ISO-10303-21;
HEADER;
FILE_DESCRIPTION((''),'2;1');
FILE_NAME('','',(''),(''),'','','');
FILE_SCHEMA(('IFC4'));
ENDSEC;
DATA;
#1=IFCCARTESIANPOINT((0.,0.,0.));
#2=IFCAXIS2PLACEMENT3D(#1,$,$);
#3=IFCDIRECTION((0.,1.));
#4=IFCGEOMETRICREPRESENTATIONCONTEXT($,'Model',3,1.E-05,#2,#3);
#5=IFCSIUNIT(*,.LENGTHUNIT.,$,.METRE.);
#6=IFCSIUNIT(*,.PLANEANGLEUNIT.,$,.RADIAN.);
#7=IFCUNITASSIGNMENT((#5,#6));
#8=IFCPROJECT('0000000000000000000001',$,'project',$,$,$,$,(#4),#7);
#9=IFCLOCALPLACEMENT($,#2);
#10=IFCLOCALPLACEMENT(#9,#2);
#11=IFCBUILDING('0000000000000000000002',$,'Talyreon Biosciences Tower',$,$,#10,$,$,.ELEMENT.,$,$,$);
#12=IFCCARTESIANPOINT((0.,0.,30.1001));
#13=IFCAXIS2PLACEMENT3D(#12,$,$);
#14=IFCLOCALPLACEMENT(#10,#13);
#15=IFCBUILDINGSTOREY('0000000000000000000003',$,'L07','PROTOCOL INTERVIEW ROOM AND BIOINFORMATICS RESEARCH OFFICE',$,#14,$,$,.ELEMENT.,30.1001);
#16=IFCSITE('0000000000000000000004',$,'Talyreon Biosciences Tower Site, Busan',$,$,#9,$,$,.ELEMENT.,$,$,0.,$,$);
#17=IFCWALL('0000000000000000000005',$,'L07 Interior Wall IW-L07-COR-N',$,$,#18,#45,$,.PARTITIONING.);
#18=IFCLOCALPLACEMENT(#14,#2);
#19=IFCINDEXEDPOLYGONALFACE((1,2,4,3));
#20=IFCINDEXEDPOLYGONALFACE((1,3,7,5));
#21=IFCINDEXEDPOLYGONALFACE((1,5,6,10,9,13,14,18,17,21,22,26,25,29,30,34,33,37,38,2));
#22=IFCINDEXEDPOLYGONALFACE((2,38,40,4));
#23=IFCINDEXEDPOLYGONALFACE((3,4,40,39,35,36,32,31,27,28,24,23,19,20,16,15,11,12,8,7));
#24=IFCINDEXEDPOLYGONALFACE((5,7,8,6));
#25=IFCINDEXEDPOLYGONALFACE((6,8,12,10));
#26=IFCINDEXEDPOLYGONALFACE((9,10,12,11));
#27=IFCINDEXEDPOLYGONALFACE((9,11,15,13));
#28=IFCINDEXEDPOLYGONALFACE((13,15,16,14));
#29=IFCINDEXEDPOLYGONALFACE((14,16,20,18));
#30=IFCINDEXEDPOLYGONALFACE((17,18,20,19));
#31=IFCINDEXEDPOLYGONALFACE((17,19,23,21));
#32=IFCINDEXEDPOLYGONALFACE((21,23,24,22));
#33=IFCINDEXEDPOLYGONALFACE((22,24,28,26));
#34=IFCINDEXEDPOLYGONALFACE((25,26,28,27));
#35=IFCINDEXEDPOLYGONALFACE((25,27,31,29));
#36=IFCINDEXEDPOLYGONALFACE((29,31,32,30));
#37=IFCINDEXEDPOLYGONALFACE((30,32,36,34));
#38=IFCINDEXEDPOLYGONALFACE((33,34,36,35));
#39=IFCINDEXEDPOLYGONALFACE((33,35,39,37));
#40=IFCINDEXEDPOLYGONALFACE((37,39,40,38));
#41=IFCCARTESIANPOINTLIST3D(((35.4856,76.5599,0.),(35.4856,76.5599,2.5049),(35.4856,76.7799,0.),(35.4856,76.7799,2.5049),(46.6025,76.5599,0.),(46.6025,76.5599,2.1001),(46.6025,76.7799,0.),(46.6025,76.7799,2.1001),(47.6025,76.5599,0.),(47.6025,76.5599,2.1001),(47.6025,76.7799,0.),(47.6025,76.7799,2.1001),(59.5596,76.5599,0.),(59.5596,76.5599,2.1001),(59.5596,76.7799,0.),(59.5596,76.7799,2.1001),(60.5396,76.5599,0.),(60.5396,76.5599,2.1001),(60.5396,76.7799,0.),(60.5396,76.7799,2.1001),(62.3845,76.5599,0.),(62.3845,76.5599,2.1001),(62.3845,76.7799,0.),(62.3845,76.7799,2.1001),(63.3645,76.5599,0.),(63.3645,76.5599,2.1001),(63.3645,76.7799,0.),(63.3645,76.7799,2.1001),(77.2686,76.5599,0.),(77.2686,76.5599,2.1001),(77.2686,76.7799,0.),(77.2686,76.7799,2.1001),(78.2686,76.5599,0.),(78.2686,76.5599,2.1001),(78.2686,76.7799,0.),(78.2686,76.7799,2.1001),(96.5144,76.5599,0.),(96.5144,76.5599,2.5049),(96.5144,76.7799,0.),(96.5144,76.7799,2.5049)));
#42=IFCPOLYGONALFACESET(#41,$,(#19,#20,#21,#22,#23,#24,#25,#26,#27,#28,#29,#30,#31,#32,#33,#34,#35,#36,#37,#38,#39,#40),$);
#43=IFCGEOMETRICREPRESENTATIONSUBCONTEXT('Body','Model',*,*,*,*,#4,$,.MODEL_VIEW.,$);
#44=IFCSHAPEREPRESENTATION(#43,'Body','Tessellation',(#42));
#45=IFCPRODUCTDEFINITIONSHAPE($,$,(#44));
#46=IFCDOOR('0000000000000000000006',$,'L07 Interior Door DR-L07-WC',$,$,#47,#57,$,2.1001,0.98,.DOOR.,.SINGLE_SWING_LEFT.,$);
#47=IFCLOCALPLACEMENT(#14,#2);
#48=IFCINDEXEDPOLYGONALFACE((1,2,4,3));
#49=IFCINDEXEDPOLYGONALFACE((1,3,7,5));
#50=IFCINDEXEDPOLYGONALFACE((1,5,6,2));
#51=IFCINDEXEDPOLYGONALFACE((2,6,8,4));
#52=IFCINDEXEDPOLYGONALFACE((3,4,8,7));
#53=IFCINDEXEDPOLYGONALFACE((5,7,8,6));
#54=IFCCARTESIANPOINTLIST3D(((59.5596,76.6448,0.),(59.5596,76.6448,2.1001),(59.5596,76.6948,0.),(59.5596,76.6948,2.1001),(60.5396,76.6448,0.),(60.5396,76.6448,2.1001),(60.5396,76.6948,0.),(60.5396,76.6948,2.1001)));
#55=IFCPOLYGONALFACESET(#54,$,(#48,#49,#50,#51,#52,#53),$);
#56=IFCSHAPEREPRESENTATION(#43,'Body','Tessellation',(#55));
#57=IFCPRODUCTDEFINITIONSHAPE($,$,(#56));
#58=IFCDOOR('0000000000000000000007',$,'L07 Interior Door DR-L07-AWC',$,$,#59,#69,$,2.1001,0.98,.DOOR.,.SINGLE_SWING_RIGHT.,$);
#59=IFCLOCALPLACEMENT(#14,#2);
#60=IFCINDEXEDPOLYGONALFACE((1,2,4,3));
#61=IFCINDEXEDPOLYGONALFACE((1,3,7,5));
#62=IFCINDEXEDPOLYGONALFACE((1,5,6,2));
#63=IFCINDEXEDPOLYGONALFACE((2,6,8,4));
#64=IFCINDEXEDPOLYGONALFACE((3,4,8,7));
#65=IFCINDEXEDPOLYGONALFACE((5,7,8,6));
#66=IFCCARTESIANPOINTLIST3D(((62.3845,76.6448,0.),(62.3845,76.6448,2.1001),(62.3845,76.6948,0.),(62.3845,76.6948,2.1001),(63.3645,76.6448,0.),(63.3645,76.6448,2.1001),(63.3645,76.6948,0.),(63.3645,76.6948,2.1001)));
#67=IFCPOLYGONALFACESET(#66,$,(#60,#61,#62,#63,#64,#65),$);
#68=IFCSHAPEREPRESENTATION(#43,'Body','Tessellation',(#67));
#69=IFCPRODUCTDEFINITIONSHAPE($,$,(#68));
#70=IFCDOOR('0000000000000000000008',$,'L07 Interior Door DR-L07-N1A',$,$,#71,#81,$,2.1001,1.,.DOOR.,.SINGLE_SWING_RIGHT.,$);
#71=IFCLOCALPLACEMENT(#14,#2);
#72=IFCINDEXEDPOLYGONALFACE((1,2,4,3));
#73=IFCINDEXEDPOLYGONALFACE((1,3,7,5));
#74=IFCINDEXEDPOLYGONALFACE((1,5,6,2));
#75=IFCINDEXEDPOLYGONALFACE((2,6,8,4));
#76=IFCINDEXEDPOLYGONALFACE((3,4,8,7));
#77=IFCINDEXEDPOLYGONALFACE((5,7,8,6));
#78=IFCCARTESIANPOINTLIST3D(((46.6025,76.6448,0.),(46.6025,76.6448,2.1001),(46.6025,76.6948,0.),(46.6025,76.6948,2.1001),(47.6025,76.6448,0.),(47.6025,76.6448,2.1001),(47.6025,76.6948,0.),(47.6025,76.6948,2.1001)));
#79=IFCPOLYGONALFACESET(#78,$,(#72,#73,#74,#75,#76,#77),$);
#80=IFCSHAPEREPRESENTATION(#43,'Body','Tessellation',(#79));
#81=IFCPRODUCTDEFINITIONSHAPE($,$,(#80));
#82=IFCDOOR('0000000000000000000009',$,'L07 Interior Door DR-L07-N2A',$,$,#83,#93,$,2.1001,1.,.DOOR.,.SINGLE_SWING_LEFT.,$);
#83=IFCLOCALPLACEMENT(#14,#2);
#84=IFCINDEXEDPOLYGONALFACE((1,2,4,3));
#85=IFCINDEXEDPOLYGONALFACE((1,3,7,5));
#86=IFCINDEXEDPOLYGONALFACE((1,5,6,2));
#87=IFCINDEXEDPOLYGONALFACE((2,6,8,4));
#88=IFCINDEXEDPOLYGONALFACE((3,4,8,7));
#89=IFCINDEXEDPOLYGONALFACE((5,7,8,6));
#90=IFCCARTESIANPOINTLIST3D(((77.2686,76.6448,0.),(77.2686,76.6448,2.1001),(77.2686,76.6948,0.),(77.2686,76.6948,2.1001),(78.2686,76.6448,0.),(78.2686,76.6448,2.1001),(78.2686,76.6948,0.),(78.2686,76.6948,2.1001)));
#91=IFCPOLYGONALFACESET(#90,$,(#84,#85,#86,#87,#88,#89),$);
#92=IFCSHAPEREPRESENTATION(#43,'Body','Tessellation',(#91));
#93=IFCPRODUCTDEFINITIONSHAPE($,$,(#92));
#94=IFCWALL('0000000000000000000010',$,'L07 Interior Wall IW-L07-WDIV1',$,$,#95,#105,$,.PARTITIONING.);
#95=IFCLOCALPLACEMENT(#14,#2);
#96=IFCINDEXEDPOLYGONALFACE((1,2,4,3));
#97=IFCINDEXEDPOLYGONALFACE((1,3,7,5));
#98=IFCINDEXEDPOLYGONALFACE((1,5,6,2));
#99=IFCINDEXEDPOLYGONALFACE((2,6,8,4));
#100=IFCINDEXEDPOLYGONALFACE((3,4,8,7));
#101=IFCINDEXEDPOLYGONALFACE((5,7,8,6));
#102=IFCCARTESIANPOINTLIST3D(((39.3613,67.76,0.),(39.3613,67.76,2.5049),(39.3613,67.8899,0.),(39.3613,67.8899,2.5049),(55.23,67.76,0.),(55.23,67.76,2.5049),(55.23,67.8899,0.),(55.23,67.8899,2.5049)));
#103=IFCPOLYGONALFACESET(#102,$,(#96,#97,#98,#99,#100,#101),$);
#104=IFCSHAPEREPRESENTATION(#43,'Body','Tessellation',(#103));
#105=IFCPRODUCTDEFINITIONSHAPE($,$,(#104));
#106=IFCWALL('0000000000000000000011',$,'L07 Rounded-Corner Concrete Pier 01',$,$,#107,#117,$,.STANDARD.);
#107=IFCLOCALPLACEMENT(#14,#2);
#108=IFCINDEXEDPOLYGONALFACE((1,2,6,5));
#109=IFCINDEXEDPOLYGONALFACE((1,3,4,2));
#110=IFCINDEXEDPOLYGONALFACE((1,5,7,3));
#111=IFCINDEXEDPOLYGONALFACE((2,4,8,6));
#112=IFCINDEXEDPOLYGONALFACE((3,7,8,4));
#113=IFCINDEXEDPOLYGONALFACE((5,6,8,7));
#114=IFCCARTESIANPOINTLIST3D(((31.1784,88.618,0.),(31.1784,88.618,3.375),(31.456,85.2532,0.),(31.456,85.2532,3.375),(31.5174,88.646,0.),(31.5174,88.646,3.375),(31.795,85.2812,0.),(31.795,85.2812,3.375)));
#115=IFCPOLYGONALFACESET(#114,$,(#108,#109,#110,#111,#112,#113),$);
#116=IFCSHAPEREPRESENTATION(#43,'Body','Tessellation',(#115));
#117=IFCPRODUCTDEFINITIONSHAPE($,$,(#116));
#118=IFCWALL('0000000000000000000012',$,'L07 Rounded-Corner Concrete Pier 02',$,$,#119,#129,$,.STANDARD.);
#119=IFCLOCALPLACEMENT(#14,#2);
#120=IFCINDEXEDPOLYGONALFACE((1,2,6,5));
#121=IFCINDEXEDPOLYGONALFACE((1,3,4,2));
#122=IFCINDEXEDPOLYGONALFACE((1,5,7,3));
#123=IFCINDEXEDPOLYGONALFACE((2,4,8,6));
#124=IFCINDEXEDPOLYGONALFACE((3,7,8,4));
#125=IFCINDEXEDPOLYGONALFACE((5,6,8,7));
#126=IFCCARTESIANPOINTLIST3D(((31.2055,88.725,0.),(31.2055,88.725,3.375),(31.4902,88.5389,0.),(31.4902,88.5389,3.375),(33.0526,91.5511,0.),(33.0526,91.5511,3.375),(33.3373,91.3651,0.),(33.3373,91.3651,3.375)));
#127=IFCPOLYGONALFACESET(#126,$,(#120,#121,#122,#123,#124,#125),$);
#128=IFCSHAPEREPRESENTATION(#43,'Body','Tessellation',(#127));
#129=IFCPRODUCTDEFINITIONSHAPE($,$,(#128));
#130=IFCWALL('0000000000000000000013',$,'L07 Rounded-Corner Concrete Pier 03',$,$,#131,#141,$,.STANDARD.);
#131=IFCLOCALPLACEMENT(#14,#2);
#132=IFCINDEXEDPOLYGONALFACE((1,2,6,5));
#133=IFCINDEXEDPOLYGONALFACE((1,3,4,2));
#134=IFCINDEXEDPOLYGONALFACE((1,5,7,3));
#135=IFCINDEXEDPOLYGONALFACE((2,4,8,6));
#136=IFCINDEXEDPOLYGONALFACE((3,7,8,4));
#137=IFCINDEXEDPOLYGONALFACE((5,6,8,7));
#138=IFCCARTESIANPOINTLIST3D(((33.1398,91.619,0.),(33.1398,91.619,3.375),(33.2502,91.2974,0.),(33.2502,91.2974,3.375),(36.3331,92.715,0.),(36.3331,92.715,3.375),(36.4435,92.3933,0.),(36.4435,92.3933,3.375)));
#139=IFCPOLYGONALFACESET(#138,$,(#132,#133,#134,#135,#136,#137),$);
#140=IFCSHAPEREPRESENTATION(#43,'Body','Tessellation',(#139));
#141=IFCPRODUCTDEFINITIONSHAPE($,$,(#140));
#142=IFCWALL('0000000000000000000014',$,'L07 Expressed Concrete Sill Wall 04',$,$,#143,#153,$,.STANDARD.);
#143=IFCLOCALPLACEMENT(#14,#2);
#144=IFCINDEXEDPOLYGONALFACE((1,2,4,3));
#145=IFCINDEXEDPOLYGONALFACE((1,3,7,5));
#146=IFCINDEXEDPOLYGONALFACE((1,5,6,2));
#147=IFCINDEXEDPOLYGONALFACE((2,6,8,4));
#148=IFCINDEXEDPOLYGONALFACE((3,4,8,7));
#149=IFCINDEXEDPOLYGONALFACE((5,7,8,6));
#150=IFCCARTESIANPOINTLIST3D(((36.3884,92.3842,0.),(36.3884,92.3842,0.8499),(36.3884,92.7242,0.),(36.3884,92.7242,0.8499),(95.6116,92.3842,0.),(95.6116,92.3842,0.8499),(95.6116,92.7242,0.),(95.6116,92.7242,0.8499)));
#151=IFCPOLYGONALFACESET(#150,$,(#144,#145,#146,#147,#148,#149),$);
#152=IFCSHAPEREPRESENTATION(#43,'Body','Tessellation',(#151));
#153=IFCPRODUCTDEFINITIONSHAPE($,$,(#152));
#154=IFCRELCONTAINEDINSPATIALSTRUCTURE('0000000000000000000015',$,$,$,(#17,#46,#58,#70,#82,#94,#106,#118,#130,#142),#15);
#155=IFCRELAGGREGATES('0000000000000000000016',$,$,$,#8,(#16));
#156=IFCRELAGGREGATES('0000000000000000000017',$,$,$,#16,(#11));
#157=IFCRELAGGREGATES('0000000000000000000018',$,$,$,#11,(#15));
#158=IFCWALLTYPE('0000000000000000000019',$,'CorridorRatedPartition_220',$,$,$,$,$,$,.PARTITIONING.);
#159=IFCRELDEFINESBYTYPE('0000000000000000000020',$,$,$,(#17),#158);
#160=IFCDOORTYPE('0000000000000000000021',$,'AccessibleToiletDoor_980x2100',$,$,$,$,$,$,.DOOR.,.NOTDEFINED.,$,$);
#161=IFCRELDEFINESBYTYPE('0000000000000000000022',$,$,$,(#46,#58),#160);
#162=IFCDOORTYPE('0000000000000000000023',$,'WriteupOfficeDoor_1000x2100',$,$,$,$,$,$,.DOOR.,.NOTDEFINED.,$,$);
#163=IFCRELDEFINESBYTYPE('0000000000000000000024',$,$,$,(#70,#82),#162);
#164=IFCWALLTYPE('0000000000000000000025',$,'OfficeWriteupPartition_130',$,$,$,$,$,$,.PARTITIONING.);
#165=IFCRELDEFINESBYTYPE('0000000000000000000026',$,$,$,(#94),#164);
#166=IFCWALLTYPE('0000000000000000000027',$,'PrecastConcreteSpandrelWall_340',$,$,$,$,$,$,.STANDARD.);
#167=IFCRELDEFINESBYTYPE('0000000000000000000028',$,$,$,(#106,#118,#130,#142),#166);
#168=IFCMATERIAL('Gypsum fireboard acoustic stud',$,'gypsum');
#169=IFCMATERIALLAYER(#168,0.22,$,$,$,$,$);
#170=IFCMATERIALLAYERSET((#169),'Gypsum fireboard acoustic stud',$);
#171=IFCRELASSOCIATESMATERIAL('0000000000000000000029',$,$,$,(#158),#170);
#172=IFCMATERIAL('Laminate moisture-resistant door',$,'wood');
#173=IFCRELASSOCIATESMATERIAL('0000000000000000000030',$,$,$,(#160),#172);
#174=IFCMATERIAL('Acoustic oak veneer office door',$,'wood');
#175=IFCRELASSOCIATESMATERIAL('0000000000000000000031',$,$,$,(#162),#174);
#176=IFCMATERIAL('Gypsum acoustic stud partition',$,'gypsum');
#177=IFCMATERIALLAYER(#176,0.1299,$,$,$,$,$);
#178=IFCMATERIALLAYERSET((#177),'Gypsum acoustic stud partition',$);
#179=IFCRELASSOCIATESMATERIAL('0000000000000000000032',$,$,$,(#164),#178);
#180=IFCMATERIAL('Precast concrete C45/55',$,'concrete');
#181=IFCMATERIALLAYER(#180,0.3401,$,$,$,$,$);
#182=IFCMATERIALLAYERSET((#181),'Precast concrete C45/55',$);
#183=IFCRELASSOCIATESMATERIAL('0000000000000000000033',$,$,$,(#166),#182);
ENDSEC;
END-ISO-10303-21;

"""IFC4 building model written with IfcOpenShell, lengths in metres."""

from ifc_helpers import new_model, si_unit, direction, frame, frame_2d, origin, place, context, subcontext, project, spatial, rectangle, extrude, material, layer, layer_set, type_object, element, fill, save


model = new_model("IFC4")

# Units and contexts
model_context = context("Model", 3, precision=1e-05, world=origin(), true_north=direction((0.0, 1.0)))
body_context = subcontext(model_context, "Body", "Model", "MODEL_VIEW")
ifc_project = project(units=[si_unit("LENGTHUNIT", "METRE"), si_unit("PLANEANGLEUNIT", "RADIAN")], contexts=[model_context])

# Site, building, storey
site_placement = place(None, origin())
site = spatial("IfcSite", under=ifc_project, at=site_placement, Name="Talyreon Biosciences Tower Site, Busan", CompositionType="ELEMENT", RefElevation=0.0)
building_placement = place(site_placement, origin())
building = spatial("IfcBuilding", under=site, at=building_placement, Name="Talyreon Biosciences Tower", CompositionType="ELEMENT")
storey_placement = place(building_placement, frame((0.0, 0.0, 30.1001)))
storey = spatial("IfcBuildingStorey", under=building, at=storey_placement, Name="L07", Description="PROTOCOL INTERVIEW ROOM AND BIOINFORMATICS RESEARCH OFFICE", CompositionType="ELEMENT", Elevation=30.1001)

# Shared definitions
ifc_material_1 = material(Name="Precast concrete C45/55", Category="concrete")

# Wall, openings, doors
ifc_material_2 = material(Name="Gypsum fireboard acoustic stud", Category="gypsum")
ifc_layer_1 = layer(ifc_material_2, 0.22)
ifc_layer_set_1 = layer_set([ifc_layer_1], Name="Gypsum fireboard acoustic stud")
wall_type_1 = type_object("IfcWallType", Name="CorridorRatedPartition_220", PredefinedType="PARTITIONING", material=ifc_layer_set_1)
wall_1_placement = place(storey_placement, frame((35.4856, 76.6699, 0.0), z_axis=(0.0, 0.0, 1.0), x_axis=(1.0, 0.0, 0.0)))
wall_1 = element("IfcWall", 1, at=wall_1_placement, inside=storey, type_object=wall_type_1, Name="L07 Interior Wall IW-L07-COR-N", PredefinedType="PARTITIONING", context=body_context, shape_type="SweptSolid", body=[
    extrude(rectangle(XDim=61.0288, YDim=0.22, at=frame_2d((30.5144, 0.0))), origin(), (0.0, 0.0, 1.0), 2.5049),
])
opening_1_placement = place(wall_1_placement, frame((24.074, 0.0, 0.0)))
opening_1 = element("IfcOpeningElement", 2, at=opening_1_placement, cuts=wall_1, PredefinedType="OPENING", context=body_context, shape_type="SweptSolid", body=[
    extrude(rectangle(XDim=0.98, YDim=2.1001, at=frame_2d((0.49, 1.05))), frame((0.0, 0.1199, 0.0), z_axis=(0.0, -1.0, 0.0), x_axis=(1.0, 0.0, 0.0)), (0.0, 0.0, 1.0), 0.24),
])
opening_2_placement = place(wall_1_placement, frame((26.8989, 0.0, 0.0)))
opening_2 = element("IfcOpeningElement", 3, at=opening_2_placement, cuts=wall_1, PredefinedType="OPENING", context=body_context, shape_type="SweptSolid", body=[
    extrude(rectangle(XDim=0.98, YDim=2.1001, at=frame_2d((0.49, 1.05))), frame((0.0, 0.1199, 0.0), z_axis=(0.0, -1.0, 0.0), x_axis=(1.0, 0.0, 0.0)), (0.0, 0.0, 1.0), 0.24),
])
opening_3_placement = place(wall_1_placement, frame((11.1169, 0.0, 0.0)))
opening_3 = element("IfcOpeningElement", 4, at=opening_3_placement, cuts=wall_1, PredefinedType="OPENING", context=body_context, shape_type="SweptSolid", body=[
    extrude(rectangle(XDim=1.0, YDim=2.1001, at=frame_2d((0.5, 1.05))), frame((0.0, 0.1199, 0.0), z_axis=(0.0, -1.0, 0.0), x_axis=(1.0, 0.0, 0.0)), (0.0, 0.0, 1.0), 0.24),
])
opening_4_placement = place(wall_1_placement, frame((41.783, 0.0, 0.0)))
opening_4 = element("IfcOpeningElement", 5, at=opening_4_placement, cuts=wall_1, PredefinedType="OPENING", context=body_context, shape_type="SweptSolid", body=[
    extrude(rectangle(XDim=1.0, YDim=2.1001, at=frame_2d((0.5, 1.05))), frame((0.0, 0.1199, 0.0), z_axis=(0.0, -1.0, 0.0), x_axis=(1.0, 0.0, 0.0)), (0.0, 0.0, 1.0), 0.24),
])
ifc_material_3 = material(Name="Laminate moisture-resistant door", Category="wood")
door_type_1 = type_object("IfcDoorType", Name="AccessibleToiletDoor_980x2100", OperationType="NOTDEFINED", PredefinedType="DOOR", material=ifc_material_3)
door_1_placement = place(opening_1_placement, origin())
door_1 = element("IfcDoor", 6, at=door_1_placement, inside=storey, type_object=door_type_1, Name="L07 Interior Door DR-L07-WC", OperationType="SINGLE_SWING_LEFT", OverallHeight=2.1001, OverallWidth=0.98, PredefinedType="DOOR", context=body_context, shape_type="SweptSolid", body=[
    extrude(rectangle(XDim=0.98, YDim=2.1001, at=frame_2d((0.49, 1.05))), frame((0.0, 0.0249, 0.0), z_axis=(0.0, -1.0, 0.0), x_axis=(1.0, 0.0, 0.0)), (0.0, 0.0, 1.0), 0.05),
])
fill(opening_1, door_1)
door_2_placement = place(opening_2_placement, origin())
door_2 = element("IfcDoor", 7, at=door_2_placement, inside=storey, type_object=door_type_1, Name="L07 Interior Door DR-L07-AWC", OperationType="SINGLE_SWING_RIGHT", OverallHeight=2.1001, OverallWidth=0.98, PredefinedType="DOOR", context=body_context, shape_type="SweptSolid", body=[
    extrude(rectangle(XDim=0.98, YDim=2.1001, at=frame_2d((0.49, 1.05))), frame((0.0, 0.0249, 0.0), z_axis=(0.0, -1.0, 0.0), x_axis=(1.0, 0.0, 0.0)), (0.0, 0.0, 1.0), 0.05),
])
fill(opening_2, door_2)
ifc_material_4 = material(Name="Acoustic oak veneer office door", Category="wood")
door_type_2 = type_object("IfcDoorType", Name="WriteupOfficeDoor_1000x2100", OperationType="NOTDEFINED", PredefinedType="DOOR", material=ifc_material_4)
door_3_placement = place(opening_3_placement, origin())
door_3 = element("IfcDoor", 8, at=door_3_placement, inside=storey, type_object=door_type_2, Name="L07 Interior Door DR-L07-N1A", OperationType="SINGLE_SWING_RIGHT", OverallHeight=2.1001, OverallWidth=1.0, PredefinedType="DOOR", context=body_context, shape_type="SweptSolid", body=[
    extrude(rectangle(XDim=1.0, YDim=2.1001, at=frame_2d((0.5, 1.05))), frame((0.0, 0.0249, 0.0), z_axis=(0.0, -1.0, 0.0), x_axis=(1.0, 0.0, 0.0)), (0.0, 0.0, 1.0), 0.05),
])
fill(opening_3, door_3)
door_4_placement = place(opening_4_placement, origin())
door_4 = element("IfcDoor", 9, at=door_4_placement, inside=storey, type_object=door_type_2, Name="L07 Interior Door DR-L07-N2A", OperationType="SINGLE_SWING_LEFT", OverallHeight=2.1001, OverallWidth=1.0, PredefinedType="DOOR", context=body_context, shape_type="SweptSolid", body=[
    extrude(rectangle(XDim=1.0, YDim=2.1001, at=frame_2d((0.5, 1.05))), frame((0.0, 0.0249, 0.0), z_axis=(0.0, -1.0, 0.0), x_axis=(1.0, 0.0, 0.0)), (0.0, 0.0, 1.0), 0.05),
])
fill(opening_4, door_4)

# Walls
ifc_material_5 = material(Name="Gypsum acoustic stud partition", Category="gypsum")
ifc_layer_2 = layer(ifc_material_5, 0.1299)
ifc_layer_set_2 = layer_set([ifc_layer_2], Name="Gypsum acoustic stud partition")
wall_type_2 = type_object("IfcWallType", Name="OfficeWriteupPartition_130", PredefinedType="PARTITIONING", material=ifc_layer_set_2)
wall_2_placement = place(storey_placement, frame((39.3613, 67.825, 0.0), z_axis=(0.0, 0.0, 1.0), x_axis=(1.0, 0.0, 0.0)))
element("IfcWall", 10, at=wall_2_placement, inside=storey, type_object=wall_type_2, Name="L07 Interior Wall IW-L07-WDIV1", PredefinedType="PARTITIONING", context=body_context, shape_type="SweptSolid", body=[
    extrude(rectangle(XDim=15.8687, YDim=0.1299, at=frame_2d((7.9343, 0.0))), origin(), (0.0, 0.0, 1.0), 2.5049),
])
ifc_layer_3 = layer(ifc_material_1, 0.3401)
ifc_layer_set_3 = layer_set([ifc_layer_3], Name="Precast concrete C45/55")
wall_type_3 = type_object("IfcWallType", Name="PrecastConcreteSpandrelWall_340", PredefinedType="STANDARD", material=ifc_layer_set_3)
for number, where, z_axis, x_axis, name in (
    (11, (31.6255, 85.2673, 0.0), (0.0, 0.0, 1.0), (-0.08222, 0.996614, 0.0), "L07 Rounded-Corner Concrete Pier 01"),
    (12, (31.3479, 88.6321, 0.0), (0.0, 0.0, 1.0), (0.547101, 0.837066, 0.0), "L07 Rounded-Corner Concrete Pier 02"),
    (13, (33.1951, 91.4583, 0.0), (0.0, 0.0, 1.0), (0.945848, 0.324611, 0.0), "L07 Rounded-Corner Concrete Pier 03"),
):
    element("IfcWall", number, at=place(storey_placement, frame(where, z_axis=z_axis, x_axis=x_axis)), inside=storey, type_object=wall_type_3, Name=name, PredefinedType="STANDARD", context=body_context, shape_type="SweptSolid", body=[
        extrude(rectangle(XDim=3.3762, YDim=0.3401, at=frame_2d((1.688, 0.0))), origin(), (0.0, 0.0, 1.0), 3.375),
    ])
wall_3_placement = place(storey_placement, frame((36.3884, 92.5542, 0.0), z_axis=(0.0, 0.0, 1.0), x_axis=(1.0, 0.0, 0.0)))
element("IfcWall", 14, at=wall_3_placement, inside=storey, type_object=wall_type_3, Name="L07 Expressed Concrete Sill Wall 04", PredefinedType="STANDARD", context=body_context, shape_type="SweptSolid", body=[
    extrude(rectangle(XDim=59.2231, YDim=0.3401, at=frame_2d((29.6116, 0.0))), origin(), (0.0, 0.0, 1.0), 0.8499),
])

save(model, "model.ifc")
